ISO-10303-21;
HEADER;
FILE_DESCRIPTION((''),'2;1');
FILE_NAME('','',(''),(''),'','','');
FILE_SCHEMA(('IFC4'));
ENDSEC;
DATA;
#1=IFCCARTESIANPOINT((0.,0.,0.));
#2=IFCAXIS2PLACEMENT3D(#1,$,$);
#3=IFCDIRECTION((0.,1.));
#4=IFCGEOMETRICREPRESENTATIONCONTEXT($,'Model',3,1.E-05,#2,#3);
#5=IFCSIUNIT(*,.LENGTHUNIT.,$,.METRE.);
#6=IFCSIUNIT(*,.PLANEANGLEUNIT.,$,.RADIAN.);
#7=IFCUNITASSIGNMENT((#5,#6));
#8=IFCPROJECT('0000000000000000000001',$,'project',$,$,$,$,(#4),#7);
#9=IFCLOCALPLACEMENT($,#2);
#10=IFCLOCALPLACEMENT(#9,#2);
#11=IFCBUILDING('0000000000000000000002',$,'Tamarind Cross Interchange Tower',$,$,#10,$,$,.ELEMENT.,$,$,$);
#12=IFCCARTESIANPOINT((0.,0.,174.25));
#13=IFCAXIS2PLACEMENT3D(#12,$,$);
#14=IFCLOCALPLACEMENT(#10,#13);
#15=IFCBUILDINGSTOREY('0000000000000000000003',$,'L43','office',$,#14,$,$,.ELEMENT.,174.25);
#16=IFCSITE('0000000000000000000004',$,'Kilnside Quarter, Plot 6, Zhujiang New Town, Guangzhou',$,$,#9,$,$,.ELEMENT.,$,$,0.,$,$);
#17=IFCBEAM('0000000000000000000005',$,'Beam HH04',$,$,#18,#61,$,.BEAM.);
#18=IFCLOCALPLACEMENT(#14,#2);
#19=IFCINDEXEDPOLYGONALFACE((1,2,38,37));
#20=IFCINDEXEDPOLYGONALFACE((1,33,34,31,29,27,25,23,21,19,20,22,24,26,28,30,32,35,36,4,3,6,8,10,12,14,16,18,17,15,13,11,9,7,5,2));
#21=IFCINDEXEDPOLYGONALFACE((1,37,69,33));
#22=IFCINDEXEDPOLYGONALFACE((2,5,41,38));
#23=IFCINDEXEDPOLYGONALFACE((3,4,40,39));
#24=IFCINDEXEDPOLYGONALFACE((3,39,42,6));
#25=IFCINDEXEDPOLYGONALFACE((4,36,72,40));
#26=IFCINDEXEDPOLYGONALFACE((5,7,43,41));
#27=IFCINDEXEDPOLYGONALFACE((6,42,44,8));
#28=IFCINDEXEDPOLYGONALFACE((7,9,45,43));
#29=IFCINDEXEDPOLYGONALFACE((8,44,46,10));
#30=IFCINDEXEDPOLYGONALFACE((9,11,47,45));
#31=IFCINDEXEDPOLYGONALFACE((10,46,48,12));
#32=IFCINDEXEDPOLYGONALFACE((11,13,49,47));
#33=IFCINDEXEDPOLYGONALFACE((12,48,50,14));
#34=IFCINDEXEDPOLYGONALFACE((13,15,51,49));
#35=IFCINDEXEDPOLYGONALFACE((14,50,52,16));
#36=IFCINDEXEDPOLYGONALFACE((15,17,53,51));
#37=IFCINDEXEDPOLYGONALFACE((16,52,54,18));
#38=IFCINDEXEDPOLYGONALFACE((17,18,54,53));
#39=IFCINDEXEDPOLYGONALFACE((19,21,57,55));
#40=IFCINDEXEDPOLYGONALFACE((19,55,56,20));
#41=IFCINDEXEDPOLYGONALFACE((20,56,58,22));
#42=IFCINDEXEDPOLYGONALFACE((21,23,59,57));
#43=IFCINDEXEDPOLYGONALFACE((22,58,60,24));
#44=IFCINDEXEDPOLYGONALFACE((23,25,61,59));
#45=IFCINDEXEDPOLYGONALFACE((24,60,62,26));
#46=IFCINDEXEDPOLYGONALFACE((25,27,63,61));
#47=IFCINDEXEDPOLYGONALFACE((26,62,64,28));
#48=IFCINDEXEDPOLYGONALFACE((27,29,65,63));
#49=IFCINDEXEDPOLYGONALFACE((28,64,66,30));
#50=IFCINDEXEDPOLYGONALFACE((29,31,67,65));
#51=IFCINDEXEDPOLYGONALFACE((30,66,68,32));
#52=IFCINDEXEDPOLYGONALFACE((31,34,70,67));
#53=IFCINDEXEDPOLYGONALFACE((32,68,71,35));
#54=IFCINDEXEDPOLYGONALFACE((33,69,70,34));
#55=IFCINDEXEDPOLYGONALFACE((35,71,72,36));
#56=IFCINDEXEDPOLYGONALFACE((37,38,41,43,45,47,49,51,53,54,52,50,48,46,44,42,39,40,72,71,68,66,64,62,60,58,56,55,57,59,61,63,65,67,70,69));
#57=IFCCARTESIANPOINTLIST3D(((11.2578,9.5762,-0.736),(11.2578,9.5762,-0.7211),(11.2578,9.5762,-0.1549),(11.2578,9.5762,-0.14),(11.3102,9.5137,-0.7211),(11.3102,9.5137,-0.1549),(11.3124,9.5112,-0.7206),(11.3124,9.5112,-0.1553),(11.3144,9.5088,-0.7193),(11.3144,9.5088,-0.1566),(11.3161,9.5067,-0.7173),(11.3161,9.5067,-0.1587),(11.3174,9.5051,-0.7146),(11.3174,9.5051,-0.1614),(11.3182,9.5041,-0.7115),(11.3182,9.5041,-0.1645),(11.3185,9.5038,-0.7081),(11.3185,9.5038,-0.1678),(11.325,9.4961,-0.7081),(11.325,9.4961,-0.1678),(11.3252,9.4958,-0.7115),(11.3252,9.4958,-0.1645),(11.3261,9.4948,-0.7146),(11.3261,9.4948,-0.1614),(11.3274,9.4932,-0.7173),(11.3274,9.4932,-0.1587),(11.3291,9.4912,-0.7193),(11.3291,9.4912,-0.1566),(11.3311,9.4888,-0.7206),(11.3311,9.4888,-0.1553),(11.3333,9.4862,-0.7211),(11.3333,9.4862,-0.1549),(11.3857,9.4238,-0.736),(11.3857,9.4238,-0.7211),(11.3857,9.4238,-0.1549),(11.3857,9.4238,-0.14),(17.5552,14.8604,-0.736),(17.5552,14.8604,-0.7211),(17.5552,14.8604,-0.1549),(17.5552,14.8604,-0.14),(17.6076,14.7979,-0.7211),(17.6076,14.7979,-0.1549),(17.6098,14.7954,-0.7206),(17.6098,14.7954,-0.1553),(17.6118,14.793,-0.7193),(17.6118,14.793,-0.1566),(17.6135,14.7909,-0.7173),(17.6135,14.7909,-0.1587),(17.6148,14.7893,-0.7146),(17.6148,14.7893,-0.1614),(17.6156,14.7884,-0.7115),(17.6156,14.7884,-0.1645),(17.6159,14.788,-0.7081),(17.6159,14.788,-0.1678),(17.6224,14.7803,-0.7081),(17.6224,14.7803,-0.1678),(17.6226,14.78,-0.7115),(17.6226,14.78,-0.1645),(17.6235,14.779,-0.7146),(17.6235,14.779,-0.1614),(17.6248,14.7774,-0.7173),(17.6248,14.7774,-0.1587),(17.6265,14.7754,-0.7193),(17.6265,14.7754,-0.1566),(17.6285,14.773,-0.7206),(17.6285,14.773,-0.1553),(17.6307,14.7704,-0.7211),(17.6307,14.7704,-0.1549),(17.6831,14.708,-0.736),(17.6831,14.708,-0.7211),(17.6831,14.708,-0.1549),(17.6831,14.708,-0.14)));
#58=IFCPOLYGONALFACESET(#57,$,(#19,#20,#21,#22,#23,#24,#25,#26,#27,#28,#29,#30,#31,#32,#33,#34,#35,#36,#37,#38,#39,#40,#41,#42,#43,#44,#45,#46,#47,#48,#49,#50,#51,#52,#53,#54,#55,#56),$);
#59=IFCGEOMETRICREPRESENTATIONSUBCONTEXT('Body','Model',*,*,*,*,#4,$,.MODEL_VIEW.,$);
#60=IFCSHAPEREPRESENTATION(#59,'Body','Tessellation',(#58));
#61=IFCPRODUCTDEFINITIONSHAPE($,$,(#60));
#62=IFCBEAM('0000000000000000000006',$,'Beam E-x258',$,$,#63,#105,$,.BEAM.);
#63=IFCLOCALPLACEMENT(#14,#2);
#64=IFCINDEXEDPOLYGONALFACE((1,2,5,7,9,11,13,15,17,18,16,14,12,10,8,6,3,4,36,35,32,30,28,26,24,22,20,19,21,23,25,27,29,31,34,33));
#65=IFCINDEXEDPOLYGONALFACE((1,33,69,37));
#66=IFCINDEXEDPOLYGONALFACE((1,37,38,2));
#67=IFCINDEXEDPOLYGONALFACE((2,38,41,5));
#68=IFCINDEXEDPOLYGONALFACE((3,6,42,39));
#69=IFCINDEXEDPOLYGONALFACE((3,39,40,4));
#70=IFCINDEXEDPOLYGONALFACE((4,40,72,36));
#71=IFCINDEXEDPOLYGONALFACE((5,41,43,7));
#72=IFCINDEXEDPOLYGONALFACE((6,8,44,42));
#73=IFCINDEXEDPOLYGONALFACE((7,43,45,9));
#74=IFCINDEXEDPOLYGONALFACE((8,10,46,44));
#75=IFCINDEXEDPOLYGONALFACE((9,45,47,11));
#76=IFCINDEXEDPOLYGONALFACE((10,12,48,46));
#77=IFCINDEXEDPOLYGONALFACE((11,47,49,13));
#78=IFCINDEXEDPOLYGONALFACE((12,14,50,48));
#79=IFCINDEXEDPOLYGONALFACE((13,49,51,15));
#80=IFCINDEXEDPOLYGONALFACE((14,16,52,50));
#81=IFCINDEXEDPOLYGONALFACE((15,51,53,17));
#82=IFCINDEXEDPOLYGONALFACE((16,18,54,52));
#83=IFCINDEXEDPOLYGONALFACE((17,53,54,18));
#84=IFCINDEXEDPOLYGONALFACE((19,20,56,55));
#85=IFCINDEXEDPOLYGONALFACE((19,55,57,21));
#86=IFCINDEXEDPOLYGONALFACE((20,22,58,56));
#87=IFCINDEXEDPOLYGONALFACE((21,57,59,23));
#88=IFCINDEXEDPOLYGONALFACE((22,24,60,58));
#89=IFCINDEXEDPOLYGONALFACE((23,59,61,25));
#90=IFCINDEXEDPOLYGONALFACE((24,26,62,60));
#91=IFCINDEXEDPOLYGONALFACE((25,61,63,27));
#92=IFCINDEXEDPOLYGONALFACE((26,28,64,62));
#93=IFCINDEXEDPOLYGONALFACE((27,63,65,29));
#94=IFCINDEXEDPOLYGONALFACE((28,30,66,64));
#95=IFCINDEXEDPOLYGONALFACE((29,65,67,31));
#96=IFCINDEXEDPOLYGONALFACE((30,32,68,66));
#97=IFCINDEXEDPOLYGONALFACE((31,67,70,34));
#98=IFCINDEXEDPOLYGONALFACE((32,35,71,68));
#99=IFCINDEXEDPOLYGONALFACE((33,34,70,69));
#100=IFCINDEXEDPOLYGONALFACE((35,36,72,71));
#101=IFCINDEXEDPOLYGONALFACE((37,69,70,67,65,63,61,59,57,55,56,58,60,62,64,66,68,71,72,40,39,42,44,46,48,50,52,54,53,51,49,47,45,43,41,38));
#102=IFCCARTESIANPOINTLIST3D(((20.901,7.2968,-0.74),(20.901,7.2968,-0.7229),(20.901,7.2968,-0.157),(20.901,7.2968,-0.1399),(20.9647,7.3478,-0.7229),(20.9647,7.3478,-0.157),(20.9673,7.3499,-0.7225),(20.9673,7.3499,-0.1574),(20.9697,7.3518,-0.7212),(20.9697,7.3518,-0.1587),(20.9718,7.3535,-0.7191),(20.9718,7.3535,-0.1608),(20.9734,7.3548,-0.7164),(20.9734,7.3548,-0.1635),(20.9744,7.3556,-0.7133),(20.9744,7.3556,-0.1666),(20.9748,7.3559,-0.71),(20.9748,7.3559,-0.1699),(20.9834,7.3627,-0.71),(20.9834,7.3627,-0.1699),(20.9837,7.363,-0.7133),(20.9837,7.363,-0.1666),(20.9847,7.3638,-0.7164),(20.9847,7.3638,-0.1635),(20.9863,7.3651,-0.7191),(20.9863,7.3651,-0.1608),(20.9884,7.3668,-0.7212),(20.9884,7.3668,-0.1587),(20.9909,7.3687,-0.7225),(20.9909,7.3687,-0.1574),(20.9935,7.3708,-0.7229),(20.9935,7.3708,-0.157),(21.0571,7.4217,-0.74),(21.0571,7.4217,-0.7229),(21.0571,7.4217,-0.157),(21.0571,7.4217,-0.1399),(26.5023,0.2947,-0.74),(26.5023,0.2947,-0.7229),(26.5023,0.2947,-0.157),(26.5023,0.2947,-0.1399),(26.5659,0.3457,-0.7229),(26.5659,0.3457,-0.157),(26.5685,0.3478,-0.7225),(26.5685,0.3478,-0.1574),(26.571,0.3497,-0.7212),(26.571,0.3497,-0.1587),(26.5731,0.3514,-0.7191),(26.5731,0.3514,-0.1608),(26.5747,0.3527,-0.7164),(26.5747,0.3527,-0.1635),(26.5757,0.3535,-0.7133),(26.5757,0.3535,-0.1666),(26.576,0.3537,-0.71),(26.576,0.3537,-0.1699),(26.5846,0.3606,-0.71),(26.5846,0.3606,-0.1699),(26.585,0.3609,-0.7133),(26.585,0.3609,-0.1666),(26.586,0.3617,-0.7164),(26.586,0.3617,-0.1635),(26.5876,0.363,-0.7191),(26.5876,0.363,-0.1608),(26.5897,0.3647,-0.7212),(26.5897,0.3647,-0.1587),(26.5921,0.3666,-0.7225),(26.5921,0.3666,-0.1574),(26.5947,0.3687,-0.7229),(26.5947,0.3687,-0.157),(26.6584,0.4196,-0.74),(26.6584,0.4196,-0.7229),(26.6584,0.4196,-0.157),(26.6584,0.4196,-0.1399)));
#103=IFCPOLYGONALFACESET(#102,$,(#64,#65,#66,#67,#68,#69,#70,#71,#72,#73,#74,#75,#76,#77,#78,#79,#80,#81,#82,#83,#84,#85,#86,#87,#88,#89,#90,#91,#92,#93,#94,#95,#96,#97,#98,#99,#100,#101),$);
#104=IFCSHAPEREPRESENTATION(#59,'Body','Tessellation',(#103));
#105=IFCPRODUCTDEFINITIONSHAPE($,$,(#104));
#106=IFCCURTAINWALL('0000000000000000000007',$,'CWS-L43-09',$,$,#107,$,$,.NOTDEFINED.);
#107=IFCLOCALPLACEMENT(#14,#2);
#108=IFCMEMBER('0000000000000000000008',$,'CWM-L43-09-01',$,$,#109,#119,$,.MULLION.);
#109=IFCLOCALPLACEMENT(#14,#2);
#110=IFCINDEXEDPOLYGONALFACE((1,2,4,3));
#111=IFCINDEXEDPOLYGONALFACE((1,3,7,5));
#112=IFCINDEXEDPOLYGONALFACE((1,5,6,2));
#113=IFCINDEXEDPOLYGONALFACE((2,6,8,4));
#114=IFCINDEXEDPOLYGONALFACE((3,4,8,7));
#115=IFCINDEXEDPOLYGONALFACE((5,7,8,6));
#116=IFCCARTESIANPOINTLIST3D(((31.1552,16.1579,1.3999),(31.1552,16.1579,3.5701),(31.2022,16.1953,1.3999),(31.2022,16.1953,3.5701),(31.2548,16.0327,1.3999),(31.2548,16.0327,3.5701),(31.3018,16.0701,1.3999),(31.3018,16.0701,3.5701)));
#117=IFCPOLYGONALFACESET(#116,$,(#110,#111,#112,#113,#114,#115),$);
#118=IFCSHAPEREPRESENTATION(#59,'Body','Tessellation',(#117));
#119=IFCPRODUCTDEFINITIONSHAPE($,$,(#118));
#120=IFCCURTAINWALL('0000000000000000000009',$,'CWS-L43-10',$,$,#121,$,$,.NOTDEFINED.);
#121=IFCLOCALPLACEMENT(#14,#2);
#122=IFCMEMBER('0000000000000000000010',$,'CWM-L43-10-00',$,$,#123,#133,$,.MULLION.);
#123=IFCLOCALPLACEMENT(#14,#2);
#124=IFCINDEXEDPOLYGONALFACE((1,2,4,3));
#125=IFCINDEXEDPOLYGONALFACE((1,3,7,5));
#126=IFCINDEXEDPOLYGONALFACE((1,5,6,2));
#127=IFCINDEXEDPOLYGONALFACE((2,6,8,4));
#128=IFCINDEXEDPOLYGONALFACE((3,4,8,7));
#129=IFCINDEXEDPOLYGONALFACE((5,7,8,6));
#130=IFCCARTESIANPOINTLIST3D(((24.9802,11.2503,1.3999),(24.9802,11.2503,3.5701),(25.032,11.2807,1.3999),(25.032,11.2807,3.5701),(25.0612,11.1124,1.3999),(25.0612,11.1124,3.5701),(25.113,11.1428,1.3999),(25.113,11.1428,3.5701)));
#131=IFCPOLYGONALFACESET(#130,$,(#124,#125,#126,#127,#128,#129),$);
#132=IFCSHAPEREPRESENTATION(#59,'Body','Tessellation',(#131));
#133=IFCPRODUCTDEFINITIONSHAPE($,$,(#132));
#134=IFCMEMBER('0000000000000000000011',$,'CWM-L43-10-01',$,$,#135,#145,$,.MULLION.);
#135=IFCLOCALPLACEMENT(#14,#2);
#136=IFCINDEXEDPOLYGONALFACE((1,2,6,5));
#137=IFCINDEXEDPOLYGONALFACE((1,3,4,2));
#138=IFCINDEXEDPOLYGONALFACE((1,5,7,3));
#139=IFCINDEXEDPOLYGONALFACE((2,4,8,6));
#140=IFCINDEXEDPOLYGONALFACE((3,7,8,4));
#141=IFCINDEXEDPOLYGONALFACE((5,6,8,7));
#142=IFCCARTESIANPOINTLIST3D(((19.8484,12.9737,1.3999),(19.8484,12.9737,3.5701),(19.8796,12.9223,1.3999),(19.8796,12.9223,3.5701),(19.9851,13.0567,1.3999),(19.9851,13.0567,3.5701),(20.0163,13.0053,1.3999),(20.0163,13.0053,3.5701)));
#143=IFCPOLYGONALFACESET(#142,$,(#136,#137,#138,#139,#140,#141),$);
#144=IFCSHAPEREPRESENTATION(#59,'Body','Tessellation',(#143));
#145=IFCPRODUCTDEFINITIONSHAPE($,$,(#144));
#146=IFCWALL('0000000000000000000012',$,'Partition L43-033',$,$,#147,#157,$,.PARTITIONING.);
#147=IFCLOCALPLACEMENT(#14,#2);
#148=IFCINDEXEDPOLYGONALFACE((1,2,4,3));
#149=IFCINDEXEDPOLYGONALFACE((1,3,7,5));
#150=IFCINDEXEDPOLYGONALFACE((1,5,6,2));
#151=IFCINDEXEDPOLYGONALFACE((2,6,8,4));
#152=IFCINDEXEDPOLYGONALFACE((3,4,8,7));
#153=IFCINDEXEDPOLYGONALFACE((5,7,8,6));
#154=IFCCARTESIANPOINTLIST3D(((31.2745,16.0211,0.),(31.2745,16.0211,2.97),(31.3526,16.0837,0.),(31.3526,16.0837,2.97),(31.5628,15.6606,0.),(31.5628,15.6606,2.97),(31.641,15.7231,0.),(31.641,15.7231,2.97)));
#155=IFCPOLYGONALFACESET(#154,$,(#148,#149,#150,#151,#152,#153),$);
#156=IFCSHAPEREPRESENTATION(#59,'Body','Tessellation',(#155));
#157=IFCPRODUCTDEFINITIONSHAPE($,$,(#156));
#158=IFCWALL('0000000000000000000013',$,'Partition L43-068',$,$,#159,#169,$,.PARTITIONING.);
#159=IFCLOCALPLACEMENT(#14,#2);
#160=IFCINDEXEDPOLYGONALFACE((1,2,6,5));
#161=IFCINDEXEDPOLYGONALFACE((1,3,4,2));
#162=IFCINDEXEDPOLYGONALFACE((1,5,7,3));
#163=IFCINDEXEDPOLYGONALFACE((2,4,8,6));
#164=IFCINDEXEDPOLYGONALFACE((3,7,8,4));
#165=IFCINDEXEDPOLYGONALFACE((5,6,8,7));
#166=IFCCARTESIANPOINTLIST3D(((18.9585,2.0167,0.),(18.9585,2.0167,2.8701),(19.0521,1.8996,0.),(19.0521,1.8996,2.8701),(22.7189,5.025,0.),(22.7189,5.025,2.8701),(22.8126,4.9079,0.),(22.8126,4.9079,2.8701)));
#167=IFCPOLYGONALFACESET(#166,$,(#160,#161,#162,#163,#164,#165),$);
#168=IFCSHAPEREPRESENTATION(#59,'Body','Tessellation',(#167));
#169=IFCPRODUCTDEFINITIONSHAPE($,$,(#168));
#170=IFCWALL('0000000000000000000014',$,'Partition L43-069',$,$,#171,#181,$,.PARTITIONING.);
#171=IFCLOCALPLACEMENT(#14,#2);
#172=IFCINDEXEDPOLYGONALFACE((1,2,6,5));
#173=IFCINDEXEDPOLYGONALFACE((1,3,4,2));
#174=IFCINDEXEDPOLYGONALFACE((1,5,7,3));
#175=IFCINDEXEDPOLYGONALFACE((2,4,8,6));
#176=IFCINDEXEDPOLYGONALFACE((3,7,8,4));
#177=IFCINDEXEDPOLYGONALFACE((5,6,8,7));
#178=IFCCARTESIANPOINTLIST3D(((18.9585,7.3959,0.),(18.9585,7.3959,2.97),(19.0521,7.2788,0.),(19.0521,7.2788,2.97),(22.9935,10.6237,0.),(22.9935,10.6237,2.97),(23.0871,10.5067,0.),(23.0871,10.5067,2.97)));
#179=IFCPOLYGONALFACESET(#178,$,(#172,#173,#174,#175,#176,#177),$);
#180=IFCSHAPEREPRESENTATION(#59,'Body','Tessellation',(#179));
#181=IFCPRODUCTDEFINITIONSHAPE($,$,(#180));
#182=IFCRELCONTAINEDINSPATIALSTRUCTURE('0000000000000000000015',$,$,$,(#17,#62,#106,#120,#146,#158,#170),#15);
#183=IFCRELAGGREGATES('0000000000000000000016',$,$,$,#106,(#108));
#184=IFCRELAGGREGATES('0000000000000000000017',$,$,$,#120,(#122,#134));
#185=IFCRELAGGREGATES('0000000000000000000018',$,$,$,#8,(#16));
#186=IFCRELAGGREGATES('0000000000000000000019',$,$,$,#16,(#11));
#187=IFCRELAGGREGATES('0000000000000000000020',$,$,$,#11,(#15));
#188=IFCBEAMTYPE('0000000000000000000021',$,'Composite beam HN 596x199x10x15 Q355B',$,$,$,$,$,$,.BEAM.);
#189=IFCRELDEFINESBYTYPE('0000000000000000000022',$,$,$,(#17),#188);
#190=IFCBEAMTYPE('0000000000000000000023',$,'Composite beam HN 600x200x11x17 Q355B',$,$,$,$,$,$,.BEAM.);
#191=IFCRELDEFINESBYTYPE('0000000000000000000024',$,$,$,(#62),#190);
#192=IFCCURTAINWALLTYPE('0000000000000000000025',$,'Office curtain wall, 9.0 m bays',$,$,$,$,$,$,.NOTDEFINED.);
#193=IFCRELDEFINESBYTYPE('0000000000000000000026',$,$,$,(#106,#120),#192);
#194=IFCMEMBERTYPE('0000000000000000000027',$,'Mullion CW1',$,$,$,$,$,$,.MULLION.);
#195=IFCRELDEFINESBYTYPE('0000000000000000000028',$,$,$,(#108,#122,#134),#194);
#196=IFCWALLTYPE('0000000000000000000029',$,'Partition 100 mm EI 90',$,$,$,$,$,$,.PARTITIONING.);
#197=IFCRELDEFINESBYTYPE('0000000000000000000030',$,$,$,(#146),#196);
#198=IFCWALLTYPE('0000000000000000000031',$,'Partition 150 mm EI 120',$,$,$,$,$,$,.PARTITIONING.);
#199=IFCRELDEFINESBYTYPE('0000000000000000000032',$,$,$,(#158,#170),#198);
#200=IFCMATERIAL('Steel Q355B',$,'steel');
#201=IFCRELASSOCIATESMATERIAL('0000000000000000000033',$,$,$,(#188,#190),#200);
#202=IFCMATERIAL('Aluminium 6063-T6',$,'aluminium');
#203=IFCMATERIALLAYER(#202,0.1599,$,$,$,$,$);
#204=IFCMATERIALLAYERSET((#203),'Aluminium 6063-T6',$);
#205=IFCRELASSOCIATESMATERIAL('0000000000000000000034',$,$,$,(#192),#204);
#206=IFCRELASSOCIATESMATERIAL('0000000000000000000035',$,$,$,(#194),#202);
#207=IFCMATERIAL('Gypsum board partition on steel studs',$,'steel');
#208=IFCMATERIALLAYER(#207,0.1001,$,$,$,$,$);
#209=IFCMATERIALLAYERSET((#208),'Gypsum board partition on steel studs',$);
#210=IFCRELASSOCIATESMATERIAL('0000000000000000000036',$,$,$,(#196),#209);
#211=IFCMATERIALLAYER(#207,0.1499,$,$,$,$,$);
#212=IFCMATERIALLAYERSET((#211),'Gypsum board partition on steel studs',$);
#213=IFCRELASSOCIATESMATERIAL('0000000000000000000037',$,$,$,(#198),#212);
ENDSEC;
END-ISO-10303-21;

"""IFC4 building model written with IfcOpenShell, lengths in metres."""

from ifc_helpers import new_model, si_unit, direction, frame, frame_2d, origin, origin_2d, place, context, subcontext, project, spatial, rectangle, i_section, extrude, material, layer, layer_set, material_profile, profile_set, type_object, element, aggregate, save


model = new_model("IFC4")

# Units and contexts
model_context = context("Model", 3, precision=1e-05, world=origin(), true_north=direction((0.0, 1.0)))
body_context = subcontext(model_context, "Body", "Model", "MODEL_VIEW")
ifc_project = project(units=[si_unit("LENGTHUNIT", "METRE"), si_unit("PLANEANGLEUNIT", "RADIAN")], contexts=[model_context])

# Site, building, storey
site_placement = place(None, origin())
site = spatial("IfcSite", under=ifc_project, at=site_placement, Name="Kilnside Quarter, Plot 6, Zhujiang New Town, Guangzhou", CompositionType="ELEMENT", RefElevation=0.0)
building_placement = place(site_placement, origin())
building = spatial("IfcBuilding", under=site, at=building_placement, Name="Tamarind Cross Interchange Tower", CompositionType="ELEMENT")
storey_placement = place(building_placement, frame((0.0, 0.0, 174.25)))
storey = spatial("IfcBuildingStorey", under=building, at=storey_placement, Name="L43", Description="office", CompositionType="ELEMENT", Elevation=174.25)

# Beams
ifc_material_1 = material(Name="Steel Q355B", Category="steel")
ifc_material_profile_1 = material_profile(ifc_material_1, i_section(OverallWidth=0.199, OverallDepth=0.5959, WebThickness=0.01, FlangeThickness=0.0149, FilletRadius=0.0129, at=origin_2d()), Name="HN 596x199x10x15")
ifc_profile_set_1 = profile_set([ifc_material_profile_1], Name="Steel Q355B")
beam_type_1 = type_object("IfcBeamType", Name="Composite beam HN 596x199x10x15 Q355B", PredefinedType="BEAM", material=ifc_profile_set_1)
beam_1_placement = place(storey_placement, frame((17.6191, 14.7842, -0.438), z_axis=(-0.766041, -0.642792, 0.0), x_axis=(0.642792, -0.766041, 0.0)))
element("IfcBeam", 1, at=beam_1_placement, inside=storey, type_object=beam_type_1, Name="Beam HH04", PredefinedType="BEAM", context=body_context, shape_type="SweptSolid", body=[
    extrude(i_section(OverallWidth=0.199, OverallDepth=0.5959, WebThickness=0.01, FlangeThickness=0.0149, FilletRadius=0.0129, at=origin_2d()), origin(), (0.0, 0.0, 1.0), 8.2207),
])
ifc_material_profile_2 = material_profile(ifc_material_1, i_section(OverallWidth=0.2, OverallDepth=0.6001, WebThickness=0.011, FlangeThickness=0.0171, FilletRadius=0.0129, at=origin_2d()), Name="HN 600x200x11x17")
ifc_profile_set_2 = profile_set([ifc_material_profile_2], Name="Steel Q355B")
beam_type_2 = type_object("IfcBeamType", Name="Composite beam HN 600x200x11x17 Q355B", PredefinedType="BEAM", material=ifc_profile_set_2)
beam_2_placement = place(storey_placement, frame((26.5803, 0.3572, -0.4399), z_axis=(-0.624665, 0.780893, 0.0), x_axis=(-0.780893, -0.624665, 0.0)))
element("IfcBeam", 2, at=beam_2_placement, inside=storey, type_object=beam_type_2, Name="Beam E-x258", PredefinedType="BEAM", context=body_context, shape_type="SweptSolid", body=[
    extrude(i_section(OverallWidth=0.2, OverallDepth=0.6001, WebThickness=0.011, FlangeThickness=0.0171, FilletRadius=0.0129, at=origin_2d()), origin(), (0.0, 0.0, 1.0), 8.9668),
])

# Curtain wall, member
ifc_material_2 = material(Name="Aluminium 6063-T6", Category="aluminium")
ifc_layer_1 = layer(ifc_material_2, 0.1599)
ifc_layer_set_1 = layer_set([ifc_layer_1], Name="Aluminium 6063-T6")
curtain_wall_type = type_object("IfcCurtainWallType", Name="Office curtain wall, 9.0 m bays", PredefinedType="NOTDEFINED", material=ifc_layer_set_1)
curtain_wall_1_placement = place(storey_placement, origin())
curtain_wall_1 = element("IfcCurtainWall", 3, at=curtain_wall_1_placement, inside=storey, type_object=curtain_wall_type, Name="CWS-L43-09", PredefinedType="NOTDEFINED")
ifc_material_profile_3 = material_profile(ifc_material_2, rectangle(XDim=0.0601, YDim=0.1599, at=origin_2d()), Name="Mullion CW1")
ifc_profile_set_3 = profile_set([ifc_material_profile_3], Name="Aluminium 6063-T6")
member_type = type_object("IfcMemberType", Name="Mullion CW1", PredefinedType="MULLION", material=ifc_profile_set_3)
member_1_placement = place(storey_placement, frame((31.2285, 16.114, 1.3999), z_axis=(0.0, 0.0, 1.0), x_axis=(-0.7826, -0.622525, 0.0)))
member_1 = element("IfcMember", 4, at=member_1_placement, type_object=member_type, Name="CWM-L43-09-01", PredefinedType="MULLION", context=body_context, shape_type="SweptSolid", body=[
    extrude(rectangle(XDim=0.0601, YDim=0.1599, at=origin_2d()), origin(), (0.0, 0.0, 1.0), 2.1702),
])
aggregate(curtain_wall_1, [member_1])

# Curtain wall, members
curtain_wall_2_placement = place(storey_placement, origin())
curtain_wall_2 = element("IfcCurtainWall", 5, at=curtain_wall_2_placement, inside=storey, type_object=curtain_wall_type, Name="CWS-L43-10", PredefinedType="NOTDEFINED")
member_2_placement = place(storey_placement, frame((25.0466, 11.1965, 1.3999), z_axis=(0.0, 0.0, 1.0), x_axis=(-0.862306, -0.506388, 0.0)))
member_2 = element("IfcMember", 6, at=member_2_placement, type_object=member_type, Name="CWM-L43-10-00", PredefinedType="MULLION", context=body_context, shape_type="SweptSolid", body=[
    extrude(rectangle(XDim=0.0601, YDim=0.1599, at=origin_2d()), origin(), (0.0, 0.0, 1.0), 2.1702),
])
member_3_placement = place(storey_placement, frame((19.9324, 12.9895, 1.3999), z_axis=(0.0, 0.0, 1.0), x_axis=(-0.519184, 0.854663, 0.0)))
member_3 = element("IfcMember", 7, at=member_3_placement, type_object=member_type, Name="CWM-L43-10-01", PredefinedType="MULLION", context=body_context, shape_type="SweptSolid", body=[
    extrude(rectangle(XDim=0.0601, YDim=0.1599, at=origin_2d()), origin(), (0.0, 0.0, 1.0), 2.1702),
])
aggregate(curtain_wall_2, [member_2, member_3])

# Walls
ifc_material_3 = material(Name="Gypsum board partition on steel studs", Category="steel")
ifc_layer_2 = layer(ifc_material_3, 0.1001)
ifc_layer_set_2 = layer_set([ifc_layer_2], Name="Gypsum board partition on steel studs")
wall_type_1 = type_object("IfcWallType", Name="Partition 100 mm EI 90", PredefinedType="PARTITIONING", material=ifc_layer_set_2)
wall_1_placement = place(storey_placement, frame((31.3135, 16.0525, 0.0), z_axis=(0.0, 0.0, 1.0), x_axis=(0.624502, -0.781024, 0.0)))
element("IfcWall", 8, at=wall_1_placement, inside=storey, type_object=wall_type_1, Name="Partition L43-033", PredefinedType="PARTITIONING", context=body_context, shape_type="SweptSolid", body=[
    extrude(rectangle(XDim=0.4617, YDim=0.1001, at=frame_2d((0.231, 0.0))), origin(), (0.0, 0.0, 1.0), 2.97),
])
ifc_layer_3 = layer(ifc_material_3, 0.1499)
ifc_layer_set_3 = layer_set([ifc_layer_3], Name="Gypsum board partition on steel studs")
wall_type_2 = type_object("IfcWallType", Name="Partition 150 mm EI 120", PredefinedType="PARTITIONING", material=ifc_layer_set_3)
wall_2_placement = place(storey_placement, frame((19.0054, 1.9583, 0.0), z_axis=(0.0, 0.0, 1.0), x_axis=(0.780879, 0.624683, 0.0)))
element("IfcWall", 9, at=wall_2_placement, inside=storey, type_object=wall_type_2, Name="Partition L43-068", PredefinedType="PARTITIONING", context=body_context, shape_type="SweptSolid", body=[
    extrude(rectangle(XDim=4.8157, YDim=0.1499, at=frame_2d((2.4077, 0.0))), origin(), (0.0, 0.0, 1.0), 2.8701),
])
wall_3_placement = place(storey_placement, frame((19.0054, 7.3374, 0.0), z_axis=(0.0, 0.0, 1.0), x_axis=(0.780883, 0.624678, 0.0)))
element("IfcWall", 10, at=wall_3_placement, inside=storey, type_object=wall_type_2, Name="Partition L43-069", PredefinedType="PARTITIONING", context=body_context, shape_type="SweptSolid", body=[
    extrude(rectangle(XDim=5.1672, YDim=0.1499, at=frame_2d((2.5835, 0.0))), origin(), (0.0, 0.0, 1.0), 2.97),
])

save(model, "model.ifc")
